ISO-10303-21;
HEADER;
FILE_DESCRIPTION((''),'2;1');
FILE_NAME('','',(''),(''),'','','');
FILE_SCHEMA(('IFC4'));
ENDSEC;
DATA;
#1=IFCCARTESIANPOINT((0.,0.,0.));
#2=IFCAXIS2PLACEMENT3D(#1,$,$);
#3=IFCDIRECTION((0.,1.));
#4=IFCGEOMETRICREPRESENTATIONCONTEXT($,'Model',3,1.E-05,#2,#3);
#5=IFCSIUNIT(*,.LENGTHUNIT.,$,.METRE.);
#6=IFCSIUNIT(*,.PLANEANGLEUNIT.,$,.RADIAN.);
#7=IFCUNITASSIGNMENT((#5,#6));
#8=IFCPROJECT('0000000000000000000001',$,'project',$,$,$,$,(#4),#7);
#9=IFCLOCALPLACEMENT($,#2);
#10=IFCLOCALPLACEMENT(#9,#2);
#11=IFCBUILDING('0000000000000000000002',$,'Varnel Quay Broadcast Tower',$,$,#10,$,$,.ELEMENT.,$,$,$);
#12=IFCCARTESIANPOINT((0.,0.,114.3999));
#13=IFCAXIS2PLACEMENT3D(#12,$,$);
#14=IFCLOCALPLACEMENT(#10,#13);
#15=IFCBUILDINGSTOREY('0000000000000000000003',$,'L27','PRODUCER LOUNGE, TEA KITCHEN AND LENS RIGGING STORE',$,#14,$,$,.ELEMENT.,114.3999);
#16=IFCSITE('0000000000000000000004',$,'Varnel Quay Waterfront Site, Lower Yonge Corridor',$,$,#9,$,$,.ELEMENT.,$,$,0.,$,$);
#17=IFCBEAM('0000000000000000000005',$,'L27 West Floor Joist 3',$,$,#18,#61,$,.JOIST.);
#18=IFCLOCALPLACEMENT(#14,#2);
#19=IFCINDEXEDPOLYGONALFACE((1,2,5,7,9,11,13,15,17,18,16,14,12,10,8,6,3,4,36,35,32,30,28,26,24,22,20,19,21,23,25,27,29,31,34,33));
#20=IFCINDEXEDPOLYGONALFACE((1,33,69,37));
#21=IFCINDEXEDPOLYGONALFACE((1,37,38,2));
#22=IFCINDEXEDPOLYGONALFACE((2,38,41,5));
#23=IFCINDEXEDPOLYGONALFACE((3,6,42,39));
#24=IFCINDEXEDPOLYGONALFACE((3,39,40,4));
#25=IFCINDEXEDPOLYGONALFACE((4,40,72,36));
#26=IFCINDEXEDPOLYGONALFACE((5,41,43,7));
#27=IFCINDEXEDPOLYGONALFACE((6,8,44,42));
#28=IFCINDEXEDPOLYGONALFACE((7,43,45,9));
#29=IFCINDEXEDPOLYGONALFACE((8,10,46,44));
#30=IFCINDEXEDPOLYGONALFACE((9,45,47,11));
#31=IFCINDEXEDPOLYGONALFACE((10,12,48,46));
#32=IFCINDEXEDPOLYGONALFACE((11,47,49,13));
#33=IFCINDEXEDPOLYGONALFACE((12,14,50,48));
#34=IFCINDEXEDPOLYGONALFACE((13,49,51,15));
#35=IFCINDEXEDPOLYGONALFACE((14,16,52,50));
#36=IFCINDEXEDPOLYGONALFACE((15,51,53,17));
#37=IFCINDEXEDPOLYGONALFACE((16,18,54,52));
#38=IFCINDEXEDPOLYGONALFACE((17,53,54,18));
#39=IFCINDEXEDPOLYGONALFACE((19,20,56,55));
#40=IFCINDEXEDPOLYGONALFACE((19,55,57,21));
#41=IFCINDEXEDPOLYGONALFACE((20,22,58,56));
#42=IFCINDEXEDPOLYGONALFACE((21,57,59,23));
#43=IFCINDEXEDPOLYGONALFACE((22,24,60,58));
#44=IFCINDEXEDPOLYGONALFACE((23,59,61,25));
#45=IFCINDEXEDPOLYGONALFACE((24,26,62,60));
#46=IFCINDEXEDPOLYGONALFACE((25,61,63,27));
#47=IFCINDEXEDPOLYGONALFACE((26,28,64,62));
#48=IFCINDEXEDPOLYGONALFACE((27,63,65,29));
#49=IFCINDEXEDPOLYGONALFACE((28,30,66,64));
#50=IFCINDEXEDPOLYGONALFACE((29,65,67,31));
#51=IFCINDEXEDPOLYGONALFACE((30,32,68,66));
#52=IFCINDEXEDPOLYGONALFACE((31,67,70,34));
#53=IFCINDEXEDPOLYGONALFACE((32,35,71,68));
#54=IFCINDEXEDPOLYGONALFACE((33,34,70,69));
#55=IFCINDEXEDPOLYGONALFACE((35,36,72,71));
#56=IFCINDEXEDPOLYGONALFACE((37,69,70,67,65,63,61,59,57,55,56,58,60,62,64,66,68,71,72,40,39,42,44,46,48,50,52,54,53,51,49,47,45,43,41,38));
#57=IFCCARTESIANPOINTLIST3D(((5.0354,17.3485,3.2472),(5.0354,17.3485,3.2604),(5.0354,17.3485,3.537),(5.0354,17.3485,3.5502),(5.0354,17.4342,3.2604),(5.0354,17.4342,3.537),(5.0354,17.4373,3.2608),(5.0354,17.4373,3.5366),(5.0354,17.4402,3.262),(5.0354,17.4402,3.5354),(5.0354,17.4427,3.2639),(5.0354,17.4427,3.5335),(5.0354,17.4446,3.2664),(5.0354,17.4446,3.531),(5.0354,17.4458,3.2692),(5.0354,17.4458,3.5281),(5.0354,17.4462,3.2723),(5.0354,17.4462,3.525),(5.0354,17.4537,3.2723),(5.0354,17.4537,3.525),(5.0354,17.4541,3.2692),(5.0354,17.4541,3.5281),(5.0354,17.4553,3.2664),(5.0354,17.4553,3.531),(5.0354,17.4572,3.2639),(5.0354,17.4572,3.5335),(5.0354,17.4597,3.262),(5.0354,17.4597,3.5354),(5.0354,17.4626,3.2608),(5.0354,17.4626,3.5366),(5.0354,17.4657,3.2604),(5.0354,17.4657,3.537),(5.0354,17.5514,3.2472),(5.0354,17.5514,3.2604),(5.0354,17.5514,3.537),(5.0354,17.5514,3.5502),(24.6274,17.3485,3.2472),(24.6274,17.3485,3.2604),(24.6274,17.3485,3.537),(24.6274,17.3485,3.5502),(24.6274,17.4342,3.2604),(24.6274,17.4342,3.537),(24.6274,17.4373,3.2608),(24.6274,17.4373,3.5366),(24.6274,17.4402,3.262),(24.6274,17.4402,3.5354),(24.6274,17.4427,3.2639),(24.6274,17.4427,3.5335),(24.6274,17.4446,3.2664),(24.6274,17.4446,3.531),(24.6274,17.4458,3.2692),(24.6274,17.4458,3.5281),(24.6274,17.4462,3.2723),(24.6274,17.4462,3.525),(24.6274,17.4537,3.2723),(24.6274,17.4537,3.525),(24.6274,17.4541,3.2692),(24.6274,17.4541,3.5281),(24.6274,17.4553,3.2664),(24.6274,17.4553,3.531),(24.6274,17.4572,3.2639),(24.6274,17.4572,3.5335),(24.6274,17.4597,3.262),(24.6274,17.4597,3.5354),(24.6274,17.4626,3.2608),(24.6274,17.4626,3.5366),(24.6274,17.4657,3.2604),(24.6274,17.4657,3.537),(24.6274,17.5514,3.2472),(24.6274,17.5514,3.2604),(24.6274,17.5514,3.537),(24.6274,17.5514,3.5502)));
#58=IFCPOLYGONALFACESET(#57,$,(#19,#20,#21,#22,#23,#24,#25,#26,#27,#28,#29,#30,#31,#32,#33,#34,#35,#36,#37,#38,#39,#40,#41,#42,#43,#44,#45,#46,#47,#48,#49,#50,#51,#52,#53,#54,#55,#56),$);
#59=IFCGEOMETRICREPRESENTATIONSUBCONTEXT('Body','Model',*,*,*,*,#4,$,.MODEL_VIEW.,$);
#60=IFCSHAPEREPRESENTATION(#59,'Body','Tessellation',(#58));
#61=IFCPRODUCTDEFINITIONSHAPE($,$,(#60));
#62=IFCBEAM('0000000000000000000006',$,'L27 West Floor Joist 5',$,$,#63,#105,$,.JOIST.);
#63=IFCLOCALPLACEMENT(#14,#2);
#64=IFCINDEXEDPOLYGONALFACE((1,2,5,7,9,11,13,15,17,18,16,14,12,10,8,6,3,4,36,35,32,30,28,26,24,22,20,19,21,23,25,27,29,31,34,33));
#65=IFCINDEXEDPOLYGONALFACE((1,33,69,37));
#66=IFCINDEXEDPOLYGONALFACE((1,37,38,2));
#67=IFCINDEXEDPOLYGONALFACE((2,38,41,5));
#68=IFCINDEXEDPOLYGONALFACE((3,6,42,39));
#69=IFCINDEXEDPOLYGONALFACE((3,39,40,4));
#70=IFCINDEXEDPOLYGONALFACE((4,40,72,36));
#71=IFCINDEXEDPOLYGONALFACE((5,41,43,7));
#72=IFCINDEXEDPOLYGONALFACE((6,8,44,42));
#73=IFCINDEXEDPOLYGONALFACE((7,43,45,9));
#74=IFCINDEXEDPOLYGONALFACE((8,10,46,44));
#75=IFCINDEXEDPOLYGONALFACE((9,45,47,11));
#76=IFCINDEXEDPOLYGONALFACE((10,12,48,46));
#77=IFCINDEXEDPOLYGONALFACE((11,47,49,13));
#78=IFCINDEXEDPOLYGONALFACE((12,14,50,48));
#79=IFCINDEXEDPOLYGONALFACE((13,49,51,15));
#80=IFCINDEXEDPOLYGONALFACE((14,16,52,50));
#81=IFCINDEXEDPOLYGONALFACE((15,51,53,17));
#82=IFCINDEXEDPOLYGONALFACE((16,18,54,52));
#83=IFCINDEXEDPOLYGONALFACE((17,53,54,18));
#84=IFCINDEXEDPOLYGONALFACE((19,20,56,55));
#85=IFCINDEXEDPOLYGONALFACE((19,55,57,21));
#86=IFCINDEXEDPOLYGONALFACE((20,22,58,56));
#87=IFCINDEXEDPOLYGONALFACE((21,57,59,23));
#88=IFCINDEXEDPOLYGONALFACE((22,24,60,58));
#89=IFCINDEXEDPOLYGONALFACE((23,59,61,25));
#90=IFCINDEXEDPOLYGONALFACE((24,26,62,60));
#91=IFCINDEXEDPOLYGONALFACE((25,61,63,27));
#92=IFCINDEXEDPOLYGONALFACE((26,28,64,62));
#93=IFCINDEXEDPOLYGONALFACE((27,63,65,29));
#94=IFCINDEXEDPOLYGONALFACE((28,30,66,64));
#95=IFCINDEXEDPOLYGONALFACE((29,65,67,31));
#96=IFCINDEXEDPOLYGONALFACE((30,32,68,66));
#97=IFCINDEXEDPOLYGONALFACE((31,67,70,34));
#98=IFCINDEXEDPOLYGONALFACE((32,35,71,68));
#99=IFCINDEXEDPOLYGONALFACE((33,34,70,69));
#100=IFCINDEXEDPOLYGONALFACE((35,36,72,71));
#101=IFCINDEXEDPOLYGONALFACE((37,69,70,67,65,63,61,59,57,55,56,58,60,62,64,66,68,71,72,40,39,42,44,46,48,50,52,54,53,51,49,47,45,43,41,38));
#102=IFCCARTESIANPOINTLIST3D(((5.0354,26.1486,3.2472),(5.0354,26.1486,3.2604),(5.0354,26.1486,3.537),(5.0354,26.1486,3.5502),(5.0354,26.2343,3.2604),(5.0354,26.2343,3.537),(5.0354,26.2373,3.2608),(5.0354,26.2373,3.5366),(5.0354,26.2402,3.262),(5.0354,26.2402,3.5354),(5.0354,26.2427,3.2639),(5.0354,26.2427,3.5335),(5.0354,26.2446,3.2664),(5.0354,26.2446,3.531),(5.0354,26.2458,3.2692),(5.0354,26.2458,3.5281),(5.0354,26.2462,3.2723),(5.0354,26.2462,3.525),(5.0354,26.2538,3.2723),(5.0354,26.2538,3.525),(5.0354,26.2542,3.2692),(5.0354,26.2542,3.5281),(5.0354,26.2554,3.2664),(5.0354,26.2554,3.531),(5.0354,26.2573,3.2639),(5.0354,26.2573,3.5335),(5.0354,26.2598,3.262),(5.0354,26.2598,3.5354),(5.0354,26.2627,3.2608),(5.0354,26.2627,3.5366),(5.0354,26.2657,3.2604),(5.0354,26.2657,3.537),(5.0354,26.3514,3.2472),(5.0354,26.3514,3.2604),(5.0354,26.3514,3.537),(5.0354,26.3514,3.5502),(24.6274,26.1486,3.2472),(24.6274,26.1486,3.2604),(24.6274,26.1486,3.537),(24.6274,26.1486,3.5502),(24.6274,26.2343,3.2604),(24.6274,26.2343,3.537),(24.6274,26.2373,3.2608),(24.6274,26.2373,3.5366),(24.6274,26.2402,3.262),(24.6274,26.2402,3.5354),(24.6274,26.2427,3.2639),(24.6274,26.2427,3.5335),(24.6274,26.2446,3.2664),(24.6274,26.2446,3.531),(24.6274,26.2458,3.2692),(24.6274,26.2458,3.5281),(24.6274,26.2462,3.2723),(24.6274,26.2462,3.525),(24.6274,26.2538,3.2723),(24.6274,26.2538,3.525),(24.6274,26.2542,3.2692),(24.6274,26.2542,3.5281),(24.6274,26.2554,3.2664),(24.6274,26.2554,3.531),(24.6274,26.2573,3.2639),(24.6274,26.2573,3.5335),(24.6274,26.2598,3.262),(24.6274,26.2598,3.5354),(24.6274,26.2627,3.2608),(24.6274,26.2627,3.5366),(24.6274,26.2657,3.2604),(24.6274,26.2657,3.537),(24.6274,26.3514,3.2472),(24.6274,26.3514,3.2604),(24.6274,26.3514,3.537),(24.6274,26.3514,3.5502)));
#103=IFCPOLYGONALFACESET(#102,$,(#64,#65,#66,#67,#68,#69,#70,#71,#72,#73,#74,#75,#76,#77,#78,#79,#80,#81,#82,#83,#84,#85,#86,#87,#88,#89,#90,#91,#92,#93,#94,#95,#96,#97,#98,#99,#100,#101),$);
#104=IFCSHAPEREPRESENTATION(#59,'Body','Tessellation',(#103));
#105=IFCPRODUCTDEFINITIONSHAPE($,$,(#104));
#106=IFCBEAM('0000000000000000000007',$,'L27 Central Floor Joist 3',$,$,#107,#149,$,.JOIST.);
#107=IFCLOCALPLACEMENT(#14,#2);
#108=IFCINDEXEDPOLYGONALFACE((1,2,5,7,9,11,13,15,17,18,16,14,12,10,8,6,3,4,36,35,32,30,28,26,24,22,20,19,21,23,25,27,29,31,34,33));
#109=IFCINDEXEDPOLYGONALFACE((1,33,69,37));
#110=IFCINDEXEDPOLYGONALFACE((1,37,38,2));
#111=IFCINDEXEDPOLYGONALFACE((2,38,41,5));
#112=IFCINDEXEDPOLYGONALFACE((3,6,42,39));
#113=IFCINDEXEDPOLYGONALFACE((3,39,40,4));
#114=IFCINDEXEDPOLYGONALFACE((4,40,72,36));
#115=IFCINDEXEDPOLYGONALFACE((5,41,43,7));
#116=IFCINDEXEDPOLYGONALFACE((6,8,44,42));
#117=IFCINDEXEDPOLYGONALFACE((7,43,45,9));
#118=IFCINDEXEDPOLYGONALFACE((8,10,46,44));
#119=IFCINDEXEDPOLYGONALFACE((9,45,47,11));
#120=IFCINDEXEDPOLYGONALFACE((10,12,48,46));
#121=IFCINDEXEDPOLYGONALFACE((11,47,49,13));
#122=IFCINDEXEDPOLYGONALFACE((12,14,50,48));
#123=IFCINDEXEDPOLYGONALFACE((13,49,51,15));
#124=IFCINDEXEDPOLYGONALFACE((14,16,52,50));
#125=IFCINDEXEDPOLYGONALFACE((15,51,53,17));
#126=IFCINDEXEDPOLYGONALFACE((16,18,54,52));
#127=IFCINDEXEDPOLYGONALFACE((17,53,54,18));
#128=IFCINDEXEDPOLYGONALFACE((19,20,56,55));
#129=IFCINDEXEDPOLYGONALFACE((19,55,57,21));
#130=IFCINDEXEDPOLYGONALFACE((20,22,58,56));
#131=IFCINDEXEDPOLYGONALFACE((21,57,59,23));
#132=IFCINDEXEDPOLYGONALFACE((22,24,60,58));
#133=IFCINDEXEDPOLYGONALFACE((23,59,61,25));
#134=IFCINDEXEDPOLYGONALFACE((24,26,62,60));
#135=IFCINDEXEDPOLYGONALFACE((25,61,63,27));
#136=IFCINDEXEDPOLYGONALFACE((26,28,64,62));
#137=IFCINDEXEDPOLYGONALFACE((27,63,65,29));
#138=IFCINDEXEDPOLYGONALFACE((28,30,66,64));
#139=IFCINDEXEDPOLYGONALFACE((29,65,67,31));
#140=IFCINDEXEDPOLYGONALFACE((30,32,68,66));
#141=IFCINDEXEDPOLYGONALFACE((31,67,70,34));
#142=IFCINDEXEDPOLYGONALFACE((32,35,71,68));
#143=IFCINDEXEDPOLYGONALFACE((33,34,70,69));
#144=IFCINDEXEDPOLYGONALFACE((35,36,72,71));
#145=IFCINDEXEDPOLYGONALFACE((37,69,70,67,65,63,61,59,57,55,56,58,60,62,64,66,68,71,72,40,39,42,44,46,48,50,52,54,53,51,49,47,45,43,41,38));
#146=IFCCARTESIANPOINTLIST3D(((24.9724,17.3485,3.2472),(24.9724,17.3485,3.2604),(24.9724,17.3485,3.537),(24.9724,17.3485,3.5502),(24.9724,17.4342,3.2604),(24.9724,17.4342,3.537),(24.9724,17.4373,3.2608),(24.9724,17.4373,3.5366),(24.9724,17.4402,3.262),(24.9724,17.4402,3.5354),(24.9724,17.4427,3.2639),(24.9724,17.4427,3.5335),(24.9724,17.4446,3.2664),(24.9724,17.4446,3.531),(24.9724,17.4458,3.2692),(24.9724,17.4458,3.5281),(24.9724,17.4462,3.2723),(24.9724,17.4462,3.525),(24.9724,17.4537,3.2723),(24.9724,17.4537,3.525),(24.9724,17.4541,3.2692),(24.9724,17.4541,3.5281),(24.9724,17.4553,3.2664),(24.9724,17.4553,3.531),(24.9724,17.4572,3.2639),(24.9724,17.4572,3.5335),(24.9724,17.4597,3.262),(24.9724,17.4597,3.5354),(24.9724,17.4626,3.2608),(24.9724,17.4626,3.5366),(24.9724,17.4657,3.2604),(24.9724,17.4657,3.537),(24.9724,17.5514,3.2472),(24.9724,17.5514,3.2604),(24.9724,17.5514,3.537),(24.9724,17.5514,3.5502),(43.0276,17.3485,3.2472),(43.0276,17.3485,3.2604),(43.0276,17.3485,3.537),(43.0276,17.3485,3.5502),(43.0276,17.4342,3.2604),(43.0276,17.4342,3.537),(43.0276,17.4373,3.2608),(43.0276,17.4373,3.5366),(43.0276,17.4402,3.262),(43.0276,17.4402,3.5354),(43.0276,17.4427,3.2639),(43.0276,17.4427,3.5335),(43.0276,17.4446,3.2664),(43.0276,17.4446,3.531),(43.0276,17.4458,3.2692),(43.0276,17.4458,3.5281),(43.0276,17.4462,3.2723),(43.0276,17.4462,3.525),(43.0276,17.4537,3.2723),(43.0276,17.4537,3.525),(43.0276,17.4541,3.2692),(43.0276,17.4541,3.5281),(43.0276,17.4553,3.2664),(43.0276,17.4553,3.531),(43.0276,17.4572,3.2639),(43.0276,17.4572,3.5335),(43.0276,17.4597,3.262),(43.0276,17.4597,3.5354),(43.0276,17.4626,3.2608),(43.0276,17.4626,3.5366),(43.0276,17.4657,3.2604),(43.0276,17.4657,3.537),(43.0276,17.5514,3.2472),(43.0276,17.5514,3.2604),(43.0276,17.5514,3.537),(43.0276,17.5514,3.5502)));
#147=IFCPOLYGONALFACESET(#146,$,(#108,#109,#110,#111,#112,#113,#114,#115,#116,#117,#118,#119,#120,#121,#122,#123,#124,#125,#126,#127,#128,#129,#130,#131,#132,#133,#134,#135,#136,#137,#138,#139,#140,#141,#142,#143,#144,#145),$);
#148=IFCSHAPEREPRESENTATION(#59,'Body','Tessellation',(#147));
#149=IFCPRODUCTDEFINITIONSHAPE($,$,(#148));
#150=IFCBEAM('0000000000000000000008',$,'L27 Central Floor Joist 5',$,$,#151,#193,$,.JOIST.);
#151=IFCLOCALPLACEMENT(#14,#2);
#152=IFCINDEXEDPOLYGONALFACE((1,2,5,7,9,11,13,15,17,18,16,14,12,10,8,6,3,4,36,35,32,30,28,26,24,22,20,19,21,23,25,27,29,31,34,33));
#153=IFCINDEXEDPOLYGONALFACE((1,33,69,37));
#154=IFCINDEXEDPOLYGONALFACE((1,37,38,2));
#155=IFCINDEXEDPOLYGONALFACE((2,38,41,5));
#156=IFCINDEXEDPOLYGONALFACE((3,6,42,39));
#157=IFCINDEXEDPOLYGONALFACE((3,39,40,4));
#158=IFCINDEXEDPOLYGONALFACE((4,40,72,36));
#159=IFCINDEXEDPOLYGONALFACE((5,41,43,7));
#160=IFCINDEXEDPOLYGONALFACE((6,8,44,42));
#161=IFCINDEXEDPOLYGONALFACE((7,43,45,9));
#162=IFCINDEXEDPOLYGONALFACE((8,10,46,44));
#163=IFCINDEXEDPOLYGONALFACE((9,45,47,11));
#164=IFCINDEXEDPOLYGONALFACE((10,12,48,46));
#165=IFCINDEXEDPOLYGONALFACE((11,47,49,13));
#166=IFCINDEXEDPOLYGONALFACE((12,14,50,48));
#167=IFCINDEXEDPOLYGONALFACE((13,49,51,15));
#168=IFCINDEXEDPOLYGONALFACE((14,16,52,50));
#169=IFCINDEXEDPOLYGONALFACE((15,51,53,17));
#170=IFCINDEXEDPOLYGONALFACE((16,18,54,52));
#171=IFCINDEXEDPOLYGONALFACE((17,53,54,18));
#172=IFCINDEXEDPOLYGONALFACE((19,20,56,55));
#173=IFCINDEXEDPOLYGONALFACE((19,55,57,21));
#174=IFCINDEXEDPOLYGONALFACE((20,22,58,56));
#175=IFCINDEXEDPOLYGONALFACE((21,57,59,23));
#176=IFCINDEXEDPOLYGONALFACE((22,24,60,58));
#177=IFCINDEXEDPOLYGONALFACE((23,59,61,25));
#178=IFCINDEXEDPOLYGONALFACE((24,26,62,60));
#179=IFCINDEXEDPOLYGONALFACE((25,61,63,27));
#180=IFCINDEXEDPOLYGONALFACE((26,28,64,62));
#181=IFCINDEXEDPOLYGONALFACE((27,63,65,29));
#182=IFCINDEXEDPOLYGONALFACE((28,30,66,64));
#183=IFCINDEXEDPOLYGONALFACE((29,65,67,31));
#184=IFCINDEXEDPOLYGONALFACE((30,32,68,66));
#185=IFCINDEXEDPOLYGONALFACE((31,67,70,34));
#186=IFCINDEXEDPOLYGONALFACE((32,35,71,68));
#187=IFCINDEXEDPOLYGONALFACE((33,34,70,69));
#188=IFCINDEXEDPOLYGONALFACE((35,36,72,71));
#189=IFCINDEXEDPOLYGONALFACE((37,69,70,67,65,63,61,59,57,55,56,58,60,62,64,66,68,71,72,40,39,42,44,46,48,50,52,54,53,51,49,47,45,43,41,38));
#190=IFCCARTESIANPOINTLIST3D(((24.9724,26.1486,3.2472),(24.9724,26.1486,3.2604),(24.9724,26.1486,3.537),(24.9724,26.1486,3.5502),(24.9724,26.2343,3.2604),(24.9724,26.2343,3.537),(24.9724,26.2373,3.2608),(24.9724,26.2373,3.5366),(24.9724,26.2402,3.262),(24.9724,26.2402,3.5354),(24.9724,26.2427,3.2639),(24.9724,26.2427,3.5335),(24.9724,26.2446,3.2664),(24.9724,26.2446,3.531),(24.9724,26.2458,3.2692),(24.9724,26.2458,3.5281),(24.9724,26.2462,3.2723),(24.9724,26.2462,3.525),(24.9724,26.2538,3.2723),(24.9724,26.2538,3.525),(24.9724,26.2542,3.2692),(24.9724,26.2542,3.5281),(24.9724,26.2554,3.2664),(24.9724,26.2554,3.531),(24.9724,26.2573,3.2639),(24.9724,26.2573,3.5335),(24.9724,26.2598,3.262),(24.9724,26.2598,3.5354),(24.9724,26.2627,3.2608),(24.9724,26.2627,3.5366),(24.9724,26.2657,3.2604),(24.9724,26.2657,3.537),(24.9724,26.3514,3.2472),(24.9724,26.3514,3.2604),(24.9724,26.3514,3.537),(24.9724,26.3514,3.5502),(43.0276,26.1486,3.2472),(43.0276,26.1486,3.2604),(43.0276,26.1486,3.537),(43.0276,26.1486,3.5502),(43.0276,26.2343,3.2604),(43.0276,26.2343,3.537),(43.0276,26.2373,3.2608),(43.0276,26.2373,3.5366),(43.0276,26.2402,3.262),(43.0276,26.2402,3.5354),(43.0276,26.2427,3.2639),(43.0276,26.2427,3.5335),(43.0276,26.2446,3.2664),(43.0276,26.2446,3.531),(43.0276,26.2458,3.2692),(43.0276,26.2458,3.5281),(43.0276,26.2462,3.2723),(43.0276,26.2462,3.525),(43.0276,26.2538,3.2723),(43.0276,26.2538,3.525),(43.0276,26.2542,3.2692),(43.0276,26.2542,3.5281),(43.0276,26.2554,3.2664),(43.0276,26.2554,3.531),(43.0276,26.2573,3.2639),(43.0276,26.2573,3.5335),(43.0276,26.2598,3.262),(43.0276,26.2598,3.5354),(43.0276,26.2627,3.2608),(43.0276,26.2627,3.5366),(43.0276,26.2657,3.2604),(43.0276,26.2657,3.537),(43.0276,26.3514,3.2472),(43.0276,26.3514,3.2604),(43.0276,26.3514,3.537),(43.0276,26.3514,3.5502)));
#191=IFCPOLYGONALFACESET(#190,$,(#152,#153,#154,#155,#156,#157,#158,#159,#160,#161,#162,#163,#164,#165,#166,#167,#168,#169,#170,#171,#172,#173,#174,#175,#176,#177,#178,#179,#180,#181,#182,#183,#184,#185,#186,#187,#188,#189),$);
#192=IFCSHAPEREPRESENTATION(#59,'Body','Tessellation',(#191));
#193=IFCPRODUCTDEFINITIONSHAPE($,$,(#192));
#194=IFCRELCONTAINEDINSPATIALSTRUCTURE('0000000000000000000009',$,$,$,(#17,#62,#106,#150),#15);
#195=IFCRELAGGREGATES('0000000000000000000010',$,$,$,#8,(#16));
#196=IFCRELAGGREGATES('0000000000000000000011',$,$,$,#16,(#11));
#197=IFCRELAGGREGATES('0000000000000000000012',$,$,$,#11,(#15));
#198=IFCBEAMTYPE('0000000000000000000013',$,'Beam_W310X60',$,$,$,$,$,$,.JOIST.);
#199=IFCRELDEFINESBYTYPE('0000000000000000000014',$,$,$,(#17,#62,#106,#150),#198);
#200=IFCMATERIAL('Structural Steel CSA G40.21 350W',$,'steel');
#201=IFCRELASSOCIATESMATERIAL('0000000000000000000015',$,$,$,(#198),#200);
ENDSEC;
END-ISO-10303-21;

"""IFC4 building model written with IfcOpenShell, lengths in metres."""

from ifc_helpers import new_model, si_unit, direction, frame, origin, origin_2d, place, context, subcontext, project, spatial, i_section, extrude, source, transform, mapped, material, material_profile, profile_set, type_object, element, save


model = new_model("IFC4")

# Units and contexts
model_context = context("Model", 3, precision=1e-05, world=origin(), true_north=direction((0.0, 1.0)))
body_context = subcontext(model_context, "Body", "Model", "MODEL_VIEW")
ifc_project = project(units=[si_unit("LENGTHUNIT", "METRE"), si_unit("PLANEANGLEUNIT", "RADIAN")], contexts=[model_context])

# Site, building, storey
site_placement = place(None, origin())
site = spatial("IfcSite", under=ifc_project, at=site_placement, Name="Varnel Quay Waterfront Site, Lower Yonge Corridor", CompositionType="ELEMENT", RefElevation=0.0)
building_placement = place(site_placement, origin())
building = spatial("IfcBuilding", under=site, at=building_placement, Name="Varnel Quay Broadcast Tower", CompositionType="ELEMENT")
storey_placement = place(building_placement, frame((0.0, 0.0, 114.3999)))
storey = spatial("IfcBuildingStorey", under=building, at=storey_placement, Name="L27", Description="PRODUCER LOUNGE, TEA KITCHEN AND LENS RIGGING STORE", CompositionType="ELEMENT", Elevation=114.3999)

# Shared definitions
ifc_material_1 = material(Name="Structural Steel CSA G40.21 350W", Category="steel")

# Beams
ifc_material_profile_1 = material_profile(ifc_material_1, i_section(OverallWidth=0.2029, OverallDepth=0.303, WebThickness=0.0076, FlangeThickness=0.0132, FilletRadius=0.012, at=origin_2d()), Name="W310X60")
ifc_profile_set_1 = profile_set([ifc_material_profile_1], Name="Structural Steel CSA G40.21 350W")
beam_type_1 = type_object("IfcBeamType", Name="Beam_W310X60", PredefinedType="JOIST", material=ifc_profile_set_1)
shared_shape_1 = source(origin(), body_context, "Body", "SweptSolid", [
    extrude(i_section(OverallWidth=0.2029, OverallDepth=0.303, WebThickness=0.0076, FlangeThickness=0.0132, FilletRadius=0.012, at=origin_2d()), origin(), (0.0, 0.0, 1.0), 19.592),
])
for number, where, z_axis, x_axis, name in (
    (1, (5.0354, 17.45, 3.3987), (1.0, 0.0, 0.0), (0.0, 1.0, 0.0), "L27 West Floor Joist 3"),
    (2, (5.0354, 26.25, 3.3987), (1.0, 0.0, 0.0), (0.0, 1.0, 0.0), "L27 West Floor Joist 5"),
):
    element("IfcBeam", number, at=place(storey_placement, frame(where, z_axis=z_axis, x_axis=x_axis)), inside=storey, type_object=beam_type_1, Name=name, PredefinedType="JOIST", context=body_context, shape_type="MappedRepresentation", body=[
        mapped(shared_shape_1, transform((0.0, 0.0, 0.0), x_axis=(1.0, 0.0, 0.0), y_axis=(0.0, 1.0, 0.0), z_axis=(0.0, 0.0, 1.0), scale=1.0)),
    ])
shared_shape_2 = source(origin(), body_context, "Body", "SweptSolid", [
    extrude(i_section(OverallWidth=0.2029, OverallDepth=0.303, WebThickness=0.0076, FlangeThickness=0.0132, FilletRadius=0.012, at=origin_2d()), origin(), (0.0, 0.0, 1.0), 18.0552),
])
for number, where, z_axis, x_axis, name in (
    (3, (24.9724, 17.45, 3.3987), (1.0, 0.0, 0.0), (0.0, 1.0, 0.0), "L27 Central Floor Joist 3"),
    (4, (24.9724, 26.25, 3.3987), (1.0, 0.0, 0.0), (0.0, 1.0, 0.0), "L27 Central Floor Joist 5"),
):
    element("IfcBeam", number, at=place(storey_placement, frame(where, z_axis=z_axis, x_axis=x_axis)), inside=storey, type_object=beam_type_1, Name=name, PredefinedType="JOIST", context=body_context, shape_type="MappedRepresentation", body=[
        mapped(shared_shape_2, transform((0.0, 0.0, 0.0), x_axis=(1.0, 0.0, 0.0), y_axis=(0.0, 1.0, 0.0), z_axis=(0.0, 0.0, 1.0), scale=1.0)),
    ])

save(model, "model.ifc")
